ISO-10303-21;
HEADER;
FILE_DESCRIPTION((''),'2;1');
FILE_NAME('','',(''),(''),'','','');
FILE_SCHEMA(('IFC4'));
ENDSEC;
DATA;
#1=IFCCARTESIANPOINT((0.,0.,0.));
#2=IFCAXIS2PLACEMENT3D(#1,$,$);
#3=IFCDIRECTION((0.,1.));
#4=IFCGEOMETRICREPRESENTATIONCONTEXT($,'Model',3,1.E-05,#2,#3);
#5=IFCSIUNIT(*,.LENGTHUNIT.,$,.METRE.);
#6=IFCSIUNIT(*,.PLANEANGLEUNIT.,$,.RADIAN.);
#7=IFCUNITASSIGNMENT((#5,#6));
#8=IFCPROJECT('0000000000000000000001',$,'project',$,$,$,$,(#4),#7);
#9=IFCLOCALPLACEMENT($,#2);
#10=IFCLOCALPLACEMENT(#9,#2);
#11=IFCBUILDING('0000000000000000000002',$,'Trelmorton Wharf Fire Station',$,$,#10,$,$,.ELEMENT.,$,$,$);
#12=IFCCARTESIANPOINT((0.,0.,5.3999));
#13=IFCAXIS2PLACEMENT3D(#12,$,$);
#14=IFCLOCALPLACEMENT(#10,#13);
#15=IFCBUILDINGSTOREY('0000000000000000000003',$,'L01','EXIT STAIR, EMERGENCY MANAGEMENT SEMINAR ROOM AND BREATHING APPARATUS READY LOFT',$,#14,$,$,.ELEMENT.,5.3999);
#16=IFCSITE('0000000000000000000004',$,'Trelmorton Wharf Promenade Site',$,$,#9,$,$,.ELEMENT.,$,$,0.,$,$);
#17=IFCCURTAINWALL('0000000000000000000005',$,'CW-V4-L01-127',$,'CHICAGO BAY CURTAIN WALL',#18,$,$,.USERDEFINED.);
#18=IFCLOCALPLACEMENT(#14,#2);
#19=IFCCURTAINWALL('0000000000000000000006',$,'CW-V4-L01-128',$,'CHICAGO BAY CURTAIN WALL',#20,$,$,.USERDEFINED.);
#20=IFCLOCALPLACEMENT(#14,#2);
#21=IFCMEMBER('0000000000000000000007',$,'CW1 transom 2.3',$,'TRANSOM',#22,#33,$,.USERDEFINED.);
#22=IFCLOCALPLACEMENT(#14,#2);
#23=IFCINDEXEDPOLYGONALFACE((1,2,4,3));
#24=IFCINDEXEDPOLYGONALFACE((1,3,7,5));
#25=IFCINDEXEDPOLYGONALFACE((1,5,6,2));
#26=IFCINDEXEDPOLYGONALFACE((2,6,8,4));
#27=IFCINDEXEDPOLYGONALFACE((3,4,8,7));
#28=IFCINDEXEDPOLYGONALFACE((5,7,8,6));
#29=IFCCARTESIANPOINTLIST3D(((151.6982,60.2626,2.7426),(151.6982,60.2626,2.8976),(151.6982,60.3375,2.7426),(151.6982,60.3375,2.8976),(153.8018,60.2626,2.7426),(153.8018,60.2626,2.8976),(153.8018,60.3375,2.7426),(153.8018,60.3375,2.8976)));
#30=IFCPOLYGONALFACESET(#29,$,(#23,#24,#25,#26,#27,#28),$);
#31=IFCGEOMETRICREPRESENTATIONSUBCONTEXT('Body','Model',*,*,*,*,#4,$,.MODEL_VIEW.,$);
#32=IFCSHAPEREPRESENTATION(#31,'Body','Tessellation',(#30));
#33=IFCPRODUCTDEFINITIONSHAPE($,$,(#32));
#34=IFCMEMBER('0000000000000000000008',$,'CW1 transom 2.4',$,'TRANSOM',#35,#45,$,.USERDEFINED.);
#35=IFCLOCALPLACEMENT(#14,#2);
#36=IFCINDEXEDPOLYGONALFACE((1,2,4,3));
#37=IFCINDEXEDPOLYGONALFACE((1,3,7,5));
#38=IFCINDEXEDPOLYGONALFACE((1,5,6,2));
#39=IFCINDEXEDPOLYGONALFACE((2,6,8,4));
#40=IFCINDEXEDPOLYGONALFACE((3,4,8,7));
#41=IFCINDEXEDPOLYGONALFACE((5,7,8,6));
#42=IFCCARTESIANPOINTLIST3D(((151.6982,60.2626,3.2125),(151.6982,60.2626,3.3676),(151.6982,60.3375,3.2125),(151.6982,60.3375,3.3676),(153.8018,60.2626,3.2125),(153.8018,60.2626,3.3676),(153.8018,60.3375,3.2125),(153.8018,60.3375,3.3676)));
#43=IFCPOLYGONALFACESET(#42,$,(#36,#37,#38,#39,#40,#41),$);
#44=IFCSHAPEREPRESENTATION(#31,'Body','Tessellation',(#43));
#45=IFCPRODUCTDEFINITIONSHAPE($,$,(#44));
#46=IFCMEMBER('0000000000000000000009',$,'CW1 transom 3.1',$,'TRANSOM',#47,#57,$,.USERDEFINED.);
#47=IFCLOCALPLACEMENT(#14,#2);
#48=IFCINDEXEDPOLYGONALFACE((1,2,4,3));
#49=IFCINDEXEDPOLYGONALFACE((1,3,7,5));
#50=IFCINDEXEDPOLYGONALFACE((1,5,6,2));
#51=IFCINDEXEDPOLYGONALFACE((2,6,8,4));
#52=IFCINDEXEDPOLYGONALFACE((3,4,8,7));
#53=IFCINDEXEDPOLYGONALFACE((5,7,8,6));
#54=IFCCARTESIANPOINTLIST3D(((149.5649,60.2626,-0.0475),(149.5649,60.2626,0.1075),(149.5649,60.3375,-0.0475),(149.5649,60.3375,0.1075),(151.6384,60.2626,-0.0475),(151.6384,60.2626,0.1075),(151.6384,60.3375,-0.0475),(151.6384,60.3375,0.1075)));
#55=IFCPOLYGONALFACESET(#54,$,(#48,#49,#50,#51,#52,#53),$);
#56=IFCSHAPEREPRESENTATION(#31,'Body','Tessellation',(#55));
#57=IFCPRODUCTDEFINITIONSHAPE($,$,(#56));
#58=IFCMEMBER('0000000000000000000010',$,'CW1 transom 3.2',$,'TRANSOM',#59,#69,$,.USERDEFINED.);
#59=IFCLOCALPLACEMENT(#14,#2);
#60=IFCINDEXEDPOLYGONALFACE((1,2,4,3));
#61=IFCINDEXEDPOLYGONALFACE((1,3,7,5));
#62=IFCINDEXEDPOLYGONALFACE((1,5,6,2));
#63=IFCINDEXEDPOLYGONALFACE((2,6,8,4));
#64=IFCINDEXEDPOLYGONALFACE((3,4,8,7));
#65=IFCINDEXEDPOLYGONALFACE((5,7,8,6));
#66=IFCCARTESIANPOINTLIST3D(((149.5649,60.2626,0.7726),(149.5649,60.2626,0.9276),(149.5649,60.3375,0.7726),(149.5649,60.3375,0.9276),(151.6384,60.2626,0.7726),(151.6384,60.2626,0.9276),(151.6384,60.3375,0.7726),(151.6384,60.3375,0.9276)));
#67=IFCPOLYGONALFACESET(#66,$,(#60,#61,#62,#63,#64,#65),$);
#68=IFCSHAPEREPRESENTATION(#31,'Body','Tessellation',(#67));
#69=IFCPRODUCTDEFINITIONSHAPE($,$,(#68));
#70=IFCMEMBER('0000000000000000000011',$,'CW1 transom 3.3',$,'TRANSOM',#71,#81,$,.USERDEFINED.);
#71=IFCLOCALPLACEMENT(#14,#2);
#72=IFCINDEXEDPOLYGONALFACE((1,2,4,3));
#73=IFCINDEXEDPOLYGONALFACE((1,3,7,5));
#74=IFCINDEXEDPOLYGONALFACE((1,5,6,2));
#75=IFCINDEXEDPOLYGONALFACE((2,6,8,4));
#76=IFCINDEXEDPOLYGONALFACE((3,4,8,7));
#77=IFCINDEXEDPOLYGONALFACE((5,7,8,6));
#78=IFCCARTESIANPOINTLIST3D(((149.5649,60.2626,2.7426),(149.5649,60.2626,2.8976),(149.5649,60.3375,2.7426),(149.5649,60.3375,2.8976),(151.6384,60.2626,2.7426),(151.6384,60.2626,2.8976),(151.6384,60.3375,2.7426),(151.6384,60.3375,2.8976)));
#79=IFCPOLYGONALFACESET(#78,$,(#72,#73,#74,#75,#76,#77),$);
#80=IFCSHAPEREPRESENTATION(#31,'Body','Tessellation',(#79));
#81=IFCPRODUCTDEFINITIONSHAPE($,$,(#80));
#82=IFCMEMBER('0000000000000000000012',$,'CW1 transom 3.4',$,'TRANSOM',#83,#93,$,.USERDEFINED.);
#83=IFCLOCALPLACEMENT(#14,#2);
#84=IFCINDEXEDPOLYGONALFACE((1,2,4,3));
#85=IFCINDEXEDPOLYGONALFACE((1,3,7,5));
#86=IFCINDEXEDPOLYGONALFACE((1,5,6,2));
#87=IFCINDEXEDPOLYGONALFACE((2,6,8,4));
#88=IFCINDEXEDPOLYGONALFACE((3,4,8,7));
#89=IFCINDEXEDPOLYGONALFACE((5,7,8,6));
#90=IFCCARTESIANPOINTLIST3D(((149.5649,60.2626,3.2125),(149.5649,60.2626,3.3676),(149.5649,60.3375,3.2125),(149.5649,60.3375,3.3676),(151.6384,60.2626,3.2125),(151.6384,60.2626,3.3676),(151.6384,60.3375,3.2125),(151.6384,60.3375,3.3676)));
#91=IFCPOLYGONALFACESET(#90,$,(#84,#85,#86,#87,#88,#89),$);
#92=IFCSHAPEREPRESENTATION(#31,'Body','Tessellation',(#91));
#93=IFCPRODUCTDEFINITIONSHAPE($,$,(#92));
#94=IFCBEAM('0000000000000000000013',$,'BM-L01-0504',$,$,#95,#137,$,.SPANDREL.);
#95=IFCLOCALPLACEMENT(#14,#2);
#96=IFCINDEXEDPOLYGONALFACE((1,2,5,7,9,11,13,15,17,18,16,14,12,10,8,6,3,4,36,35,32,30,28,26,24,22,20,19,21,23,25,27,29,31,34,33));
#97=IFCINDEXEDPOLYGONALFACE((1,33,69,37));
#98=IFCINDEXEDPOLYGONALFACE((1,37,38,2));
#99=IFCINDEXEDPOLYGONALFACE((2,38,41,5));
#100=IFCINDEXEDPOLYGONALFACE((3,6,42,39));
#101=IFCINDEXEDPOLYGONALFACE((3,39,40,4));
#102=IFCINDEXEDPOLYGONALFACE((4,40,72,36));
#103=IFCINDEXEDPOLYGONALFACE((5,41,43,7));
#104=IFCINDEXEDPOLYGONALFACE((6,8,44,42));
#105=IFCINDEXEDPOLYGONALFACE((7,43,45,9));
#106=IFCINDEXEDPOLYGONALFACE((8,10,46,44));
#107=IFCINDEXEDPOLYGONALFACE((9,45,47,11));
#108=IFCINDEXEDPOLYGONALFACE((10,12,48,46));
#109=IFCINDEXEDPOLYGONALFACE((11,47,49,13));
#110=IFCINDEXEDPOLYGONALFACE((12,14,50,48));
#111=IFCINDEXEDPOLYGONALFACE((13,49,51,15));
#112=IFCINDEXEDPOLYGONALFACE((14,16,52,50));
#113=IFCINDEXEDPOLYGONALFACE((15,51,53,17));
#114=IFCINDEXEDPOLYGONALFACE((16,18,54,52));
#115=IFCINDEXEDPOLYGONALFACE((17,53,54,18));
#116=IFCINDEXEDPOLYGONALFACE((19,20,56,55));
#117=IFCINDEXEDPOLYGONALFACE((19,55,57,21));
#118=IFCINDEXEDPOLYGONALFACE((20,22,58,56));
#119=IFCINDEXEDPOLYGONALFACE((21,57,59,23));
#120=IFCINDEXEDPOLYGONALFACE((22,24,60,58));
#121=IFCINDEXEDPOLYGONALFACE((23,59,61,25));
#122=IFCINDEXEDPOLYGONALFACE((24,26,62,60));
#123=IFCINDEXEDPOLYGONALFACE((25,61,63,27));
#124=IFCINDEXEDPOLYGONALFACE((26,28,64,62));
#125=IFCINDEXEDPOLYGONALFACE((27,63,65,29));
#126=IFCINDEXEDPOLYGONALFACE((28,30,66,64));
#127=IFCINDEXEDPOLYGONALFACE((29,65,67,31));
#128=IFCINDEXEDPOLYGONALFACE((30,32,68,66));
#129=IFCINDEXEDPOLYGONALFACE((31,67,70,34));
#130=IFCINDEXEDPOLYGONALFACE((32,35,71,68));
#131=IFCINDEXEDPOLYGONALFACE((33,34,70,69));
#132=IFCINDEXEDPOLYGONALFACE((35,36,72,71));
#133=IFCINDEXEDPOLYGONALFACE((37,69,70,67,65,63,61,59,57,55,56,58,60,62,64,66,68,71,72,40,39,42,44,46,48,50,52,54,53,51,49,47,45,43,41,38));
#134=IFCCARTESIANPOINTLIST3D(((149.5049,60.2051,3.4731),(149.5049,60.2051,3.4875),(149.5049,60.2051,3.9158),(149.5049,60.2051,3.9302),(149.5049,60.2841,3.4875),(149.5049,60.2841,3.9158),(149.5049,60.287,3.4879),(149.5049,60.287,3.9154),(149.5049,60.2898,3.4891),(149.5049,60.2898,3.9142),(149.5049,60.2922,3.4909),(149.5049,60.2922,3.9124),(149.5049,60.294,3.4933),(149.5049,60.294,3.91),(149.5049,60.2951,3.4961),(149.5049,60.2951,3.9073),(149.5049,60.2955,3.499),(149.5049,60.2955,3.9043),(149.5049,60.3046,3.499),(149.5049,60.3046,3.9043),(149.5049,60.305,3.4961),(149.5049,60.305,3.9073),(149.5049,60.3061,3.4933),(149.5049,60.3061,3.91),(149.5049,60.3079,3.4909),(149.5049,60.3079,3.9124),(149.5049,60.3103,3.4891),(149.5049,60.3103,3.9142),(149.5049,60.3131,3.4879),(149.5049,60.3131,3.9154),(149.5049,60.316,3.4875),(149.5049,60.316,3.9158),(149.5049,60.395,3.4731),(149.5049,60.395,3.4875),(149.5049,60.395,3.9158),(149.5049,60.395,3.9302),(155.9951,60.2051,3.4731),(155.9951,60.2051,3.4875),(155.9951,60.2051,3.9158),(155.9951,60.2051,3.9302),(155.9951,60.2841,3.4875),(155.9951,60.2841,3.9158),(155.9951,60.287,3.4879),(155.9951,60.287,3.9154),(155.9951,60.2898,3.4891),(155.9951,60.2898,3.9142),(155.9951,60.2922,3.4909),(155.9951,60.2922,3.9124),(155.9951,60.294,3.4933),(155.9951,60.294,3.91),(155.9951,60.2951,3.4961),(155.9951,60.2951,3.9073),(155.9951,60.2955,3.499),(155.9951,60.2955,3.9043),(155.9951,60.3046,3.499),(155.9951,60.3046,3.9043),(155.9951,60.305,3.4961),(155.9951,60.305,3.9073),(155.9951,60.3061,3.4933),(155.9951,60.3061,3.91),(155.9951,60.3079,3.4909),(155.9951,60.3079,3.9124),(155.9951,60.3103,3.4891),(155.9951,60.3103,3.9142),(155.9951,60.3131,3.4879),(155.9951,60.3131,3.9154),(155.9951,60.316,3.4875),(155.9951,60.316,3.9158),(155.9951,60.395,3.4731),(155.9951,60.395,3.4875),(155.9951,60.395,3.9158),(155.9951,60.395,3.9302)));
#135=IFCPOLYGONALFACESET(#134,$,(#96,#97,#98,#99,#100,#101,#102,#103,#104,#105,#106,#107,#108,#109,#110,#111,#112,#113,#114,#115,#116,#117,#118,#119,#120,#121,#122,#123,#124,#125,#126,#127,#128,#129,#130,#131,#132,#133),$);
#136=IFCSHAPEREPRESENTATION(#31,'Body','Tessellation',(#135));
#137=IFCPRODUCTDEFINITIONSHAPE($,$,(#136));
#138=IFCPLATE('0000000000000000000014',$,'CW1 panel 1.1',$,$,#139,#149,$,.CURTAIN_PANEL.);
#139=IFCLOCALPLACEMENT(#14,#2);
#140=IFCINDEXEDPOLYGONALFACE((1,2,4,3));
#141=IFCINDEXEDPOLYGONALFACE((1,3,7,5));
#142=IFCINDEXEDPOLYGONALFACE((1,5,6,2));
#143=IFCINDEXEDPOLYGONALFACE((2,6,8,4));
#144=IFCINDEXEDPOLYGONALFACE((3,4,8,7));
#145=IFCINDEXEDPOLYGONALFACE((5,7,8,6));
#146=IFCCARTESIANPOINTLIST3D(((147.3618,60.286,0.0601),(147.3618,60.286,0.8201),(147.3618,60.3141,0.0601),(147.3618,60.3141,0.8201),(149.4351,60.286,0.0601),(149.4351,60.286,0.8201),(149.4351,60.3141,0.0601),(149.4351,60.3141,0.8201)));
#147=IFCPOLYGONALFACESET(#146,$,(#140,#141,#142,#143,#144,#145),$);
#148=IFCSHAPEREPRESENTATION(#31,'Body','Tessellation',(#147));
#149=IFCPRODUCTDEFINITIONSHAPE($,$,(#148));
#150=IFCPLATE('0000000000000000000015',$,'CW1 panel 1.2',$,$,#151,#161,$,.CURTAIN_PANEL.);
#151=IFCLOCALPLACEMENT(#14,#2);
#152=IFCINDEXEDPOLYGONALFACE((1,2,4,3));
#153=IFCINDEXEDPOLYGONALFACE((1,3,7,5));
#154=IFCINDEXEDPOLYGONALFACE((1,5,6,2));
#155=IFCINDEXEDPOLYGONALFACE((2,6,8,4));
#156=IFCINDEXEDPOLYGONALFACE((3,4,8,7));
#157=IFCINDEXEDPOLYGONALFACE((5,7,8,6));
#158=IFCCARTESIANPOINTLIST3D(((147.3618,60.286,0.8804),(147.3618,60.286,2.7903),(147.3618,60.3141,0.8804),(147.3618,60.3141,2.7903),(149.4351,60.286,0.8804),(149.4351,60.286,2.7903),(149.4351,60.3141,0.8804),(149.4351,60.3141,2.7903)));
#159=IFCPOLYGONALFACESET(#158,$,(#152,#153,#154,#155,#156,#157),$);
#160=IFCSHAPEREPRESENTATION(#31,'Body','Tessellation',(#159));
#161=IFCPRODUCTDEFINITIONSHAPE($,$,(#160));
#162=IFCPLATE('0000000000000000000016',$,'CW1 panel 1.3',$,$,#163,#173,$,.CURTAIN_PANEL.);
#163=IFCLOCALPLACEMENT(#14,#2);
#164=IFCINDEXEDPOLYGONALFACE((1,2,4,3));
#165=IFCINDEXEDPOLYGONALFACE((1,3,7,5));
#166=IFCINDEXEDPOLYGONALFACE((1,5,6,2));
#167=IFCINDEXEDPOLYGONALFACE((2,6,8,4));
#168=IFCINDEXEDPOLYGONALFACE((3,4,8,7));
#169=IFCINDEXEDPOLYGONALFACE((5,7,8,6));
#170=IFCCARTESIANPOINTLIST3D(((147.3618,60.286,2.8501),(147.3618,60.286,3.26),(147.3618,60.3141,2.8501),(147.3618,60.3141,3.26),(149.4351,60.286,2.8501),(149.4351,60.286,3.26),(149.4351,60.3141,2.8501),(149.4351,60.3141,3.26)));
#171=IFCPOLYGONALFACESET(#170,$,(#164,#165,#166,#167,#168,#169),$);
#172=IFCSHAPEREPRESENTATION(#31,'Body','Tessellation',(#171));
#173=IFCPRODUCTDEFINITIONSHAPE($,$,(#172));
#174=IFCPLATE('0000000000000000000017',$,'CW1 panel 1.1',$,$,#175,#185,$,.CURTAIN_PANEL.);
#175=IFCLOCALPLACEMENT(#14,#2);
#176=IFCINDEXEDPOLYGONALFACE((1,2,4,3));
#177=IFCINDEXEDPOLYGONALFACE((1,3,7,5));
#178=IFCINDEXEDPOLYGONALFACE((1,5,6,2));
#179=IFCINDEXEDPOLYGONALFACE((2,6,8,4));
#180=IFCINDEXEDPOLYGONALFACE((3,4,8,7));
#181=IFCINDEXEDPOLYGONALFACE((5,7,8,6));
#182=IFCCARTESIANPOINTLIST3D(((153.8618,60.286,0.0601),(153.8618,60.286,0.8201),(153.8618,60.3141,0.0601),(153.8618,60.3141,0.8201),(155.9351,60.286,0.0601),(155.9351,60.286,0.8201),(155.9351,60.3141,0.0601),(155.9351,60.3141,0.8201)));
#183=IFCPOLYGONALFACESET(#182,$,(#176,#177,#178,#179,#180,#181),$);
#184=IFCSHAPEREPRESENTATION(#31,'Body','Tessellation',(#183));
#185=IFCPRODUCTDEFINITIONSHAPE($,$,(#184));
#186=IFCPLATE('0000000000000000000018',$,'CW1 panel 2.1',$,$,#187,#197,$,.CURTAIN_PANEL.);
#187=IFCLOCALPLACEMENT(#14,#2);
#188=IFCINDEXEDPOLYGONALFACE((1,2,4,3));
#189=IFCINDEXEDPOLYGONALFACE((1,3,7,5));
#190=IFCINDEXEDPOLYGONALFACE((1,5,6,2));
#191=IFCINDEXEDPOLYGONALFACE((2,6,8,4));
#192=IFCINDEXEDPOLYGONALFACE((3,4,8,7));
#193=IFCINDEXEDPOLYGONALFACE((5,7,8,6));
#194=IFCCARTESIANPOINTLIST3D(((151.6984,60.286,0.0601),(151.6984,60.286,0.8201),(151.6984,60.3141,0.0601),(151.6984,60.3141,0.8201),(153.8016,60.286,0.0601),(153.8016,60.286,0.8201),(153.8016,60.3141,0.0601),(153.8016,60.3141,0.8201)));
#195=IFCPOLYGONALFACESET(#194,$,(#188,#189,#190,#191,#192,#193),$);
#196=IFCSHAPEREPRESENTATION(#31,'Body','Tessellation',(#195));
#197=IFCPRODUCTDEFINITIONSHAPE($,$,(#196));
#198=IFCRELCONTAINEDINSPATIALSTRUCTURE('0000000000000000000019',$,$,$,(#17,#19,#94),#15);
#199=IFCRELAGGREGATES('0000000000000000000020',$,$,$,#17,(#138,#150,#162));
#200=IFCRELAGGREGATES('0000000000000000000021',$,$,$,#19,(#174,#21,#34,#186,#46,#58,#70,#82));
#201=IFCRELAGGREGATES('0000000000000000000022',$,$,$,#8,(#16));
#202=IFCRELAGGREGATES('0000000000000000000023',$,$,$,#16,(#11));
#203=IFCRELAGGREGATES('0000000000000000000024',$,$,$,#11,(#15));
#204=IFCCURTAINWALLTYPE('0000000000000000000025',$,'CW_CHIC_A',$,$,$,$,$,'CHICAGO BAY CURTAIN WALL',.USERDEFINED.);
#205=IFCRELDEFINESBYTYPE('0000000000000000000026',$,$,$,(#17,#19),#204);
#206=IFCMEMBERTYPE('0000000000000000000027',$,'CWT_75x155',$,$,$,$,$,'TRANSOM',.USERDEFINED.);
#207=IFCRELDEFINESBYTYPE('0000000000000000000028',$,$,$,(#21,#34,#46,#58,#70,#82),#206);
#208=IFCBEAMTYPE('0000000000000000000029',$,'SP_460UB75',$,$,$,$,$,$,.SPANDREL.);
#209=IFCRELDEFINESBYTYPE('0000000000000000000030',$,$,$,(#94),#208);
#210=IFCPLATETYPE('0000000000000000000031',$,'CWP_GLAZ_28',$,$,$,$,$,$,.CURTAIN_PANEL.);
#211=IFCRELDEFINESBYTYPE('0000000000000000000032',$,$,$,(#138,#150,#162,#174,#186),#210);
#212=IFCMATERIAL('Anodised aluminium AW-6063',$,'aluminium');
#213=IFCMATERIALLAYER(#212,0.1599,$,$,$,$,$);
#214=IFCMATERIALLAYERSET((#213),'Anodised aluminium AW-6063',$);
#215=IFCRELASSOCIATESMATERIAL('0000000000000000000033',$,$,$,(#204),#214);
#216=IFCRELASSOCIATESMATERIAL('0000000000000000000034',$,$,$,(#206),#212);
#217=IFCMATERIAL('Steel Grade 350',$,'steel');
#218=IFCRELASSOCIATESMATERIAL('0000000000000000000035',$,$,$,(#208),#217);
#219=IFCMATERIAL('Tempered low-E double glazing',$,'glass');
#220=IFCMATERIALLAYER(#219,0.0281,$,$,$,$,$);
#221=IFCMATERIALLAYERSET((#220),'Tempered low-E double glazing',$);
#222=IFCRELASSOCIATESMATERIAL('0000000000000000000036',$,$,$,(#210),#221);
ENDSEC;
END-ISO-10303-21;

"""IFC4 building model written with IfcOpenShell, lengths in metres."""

from ifc_helpers import new_model, si_unit, direction, frame, origin, origin_2d, place, context, subcontext, project, spatial, rectangle, i_section, extrude, material, layer, layer_set, material_profile, profile_set, type_object, element, aggregate, save


model = new_model("IFC4")

# Units and contexts
model_context = context("Model", 3, precision=1e-05, world=origin(), true_north=direction((0.0, 1.0)))
body_context = subcontext(model_context, "Body", "Model", "MODEL_VIEW")
ifc_project = project(units=[si_unit("LENGTHUNIT", "METRE"), si_unit("PLANEANGLEUNIT", "RADIAN")], contexts=[model_context])

# Site, building, storey
site_placement = place(None, origin())
site = spatial("IfcSite", under=ifc_project, at=site_placement, Name="Trelmorton Wharf Promenade Site", CompositionType="ELEMENT", RefElevation=0.0)
building_placement = place(site_placement, origin())
building = spatial("IfcBuilding", under=site, at=building_placement, Name="Trelmorton Wharf Fire Station", CompositionType="ELEMENT")
storey_placement = place(building_placement, frame((0.0, 0.0, 5.3999)))
storey = spatial("IfcBuildingStorey", under=building, at=storey_placement, Name="L01", Description="EXIT STAIR, EMERGENCY MANAGEMENT SEMINAR ROOM AND BREATHING APPARATUS READY LOFT", CompositionType="ELEMENT", Elevation=5.3999)

# Shared definitions
ifc_material_1 = material(Name="Steel Grade 350", Category="steel")

# Curtain wall
ifc_material_2 = material(Name="Anodised aluminium AW-6063", Category="aluminium")
ifc_layer_1 = layer(ifc_material_2, 0.1599)
ifc_layer_set_1 = layer_set([ifc_layer_1], Name="Anodised aluminium AW-6063")
curtain_wall_type = type_object("IfcCurtainWallType", Name="CW_CHIC_A", ElementType="CHICAGO BAY CURTAIN WALL", PredefinedType="USERDEFINED", material=ifc_layer_set_1)
curtain_wall_1_placement = place(storey_placement, origin())
curtain_wall_1 = element("IfcCurtainWall", 1, at=curtain_wall_1_placement, inside=storey, type_object=curtain_wall_type, Name="CW-V4-L01-127", ObjectType="CHICAGO BAY CURTAIN WALL", PredefinedType="USERDEFINED")

# Curtain wall
curtain_wall_2_placement = place(storey_placement, origin())
curtain_wall_2 = element("IfcCurtainWall", 2, at=curtain_wall_2_placement, inside=storey, type_object=curtain_wall_type, Name="CW-V4-L01-128", ObjectType="CHICAGO BAY CURTAIN WALL", PredefinedType="USERDEFINED")

# Members
ifc_material_profile_1 = material_profile(ifc_material_2, rectangle(XDim=0.075, YDim=0.155, at=origin_2d()), Name="ALU-75x155")
ifc_profile_set_1 = profile_set([ifc_material_profile_1], Name="Anodised aluminium AW-6063")
member_type_1 = type_object("IfcMemberType", Name="CWT_75x155", ElementType="TRANSOM", PredefinedType="USERDEFINED", material=ifc_profile_set_1)
member_1_placement = place(storey_placement, frame((153.8018, 60.3, 2.8201), z_axis=(-1.0, 0.0, 0.0), x_axis=(0.0, -1.0, 0.0)))
member_1 = element("IfcMember", 3, at=member_1_placement, type_object=member_type_1, Name="CW1 transom 2.3", ObjectType="TRANSOM", PredefinedType="USERDEFINED", context=body_context, shape_type="SweptSolid", body=[
    extrude(rectangle(XDim=0.075, YDim=0.155, at=origin_2d()), origin(), (0.0, 0.0, 1.0), 2.1035),
])
member_2_placement = place(storey_placement, frame((153.8018, 60.3, 3.29), z_axis=(-1.0, 0.0, 0.0), x_axis=(0.0, -1.0, 0.0)))
member_2 = element("IfcMember", 4, at=member_2_placement, type_object=member_type_1, Name="CW1 transom 2.4", ObjectType="TRANSOM", PredefinedType="USERDEFINED", context=body_context, shape_type="SweptSolid", body=[
    extrude(rectangle(XDim=0.075, YDim=0.155, at=origin_2d()), origin(), (0.0, 0.0, 1.0), 2.1035),
])
member_3_placement = place(storey_placement, frame((151.6384, 60.3, 0.03), z_axis=(-1.0, 0.0, 0.0), x_axis=(0.0, -1.0, 0.0)))
member_3 = element("IfcMember", 5, at=member_3_placement, type_object=member_type_1, Name="CW1 transom 3.1", ObjectType="TRANSOM", PredefinedType="USERDEFINED", context=body_context, shape_type="SweptSolid", body=[
    extrude(rectangle(XDim=0.075, YDim=0.155, at=origin_2d()), origin(), (0.0, 0.0, 1.0), 2.0735),
])
member_4_placement = place(storey_placement, frame((151.6384, 60.3, 0.8501), z_axis=(-1.0, 0.0, 0.0), x_axis=(0.0, -1.0, 0.0)))
member_4 = element("IfcMember", 6, at=member_4_placement, type_object=member_type_1, Name="CW1 transom 3.2", ObjectType="TRANSOM", PredefinedType="USERDEFINED", context=body_context, shape_type="SweptSolid", body=[
    extrude(rectangle(XDim=0.075, YDim=0.155, at=origin_2d()), origin(), (0.0, 0.0, 1.0), 2.0735),
])
member_5_placement = place(storey_placement, frame((151.6384, 60.3, 2.8201), z_axis=(-1.0, 0.0, 0.0), x_axis=(0.0, -1.0, 0.0)))
member_5 = element("IfcMember", 7, at=member_5_placement, type_object=member_type_1, Name="CW1 transom 3.3", ObjectType="TRANSOM", PredefinedType="USERDEFINED", context=body_context, shape_type="SweptSolid", body=[
    extrude(rectangle(XDim=0.075, YDim=0.155, at=origin_2d()), origin(), (0.0, 0.0, 1.0), 2.0735),
])
member_6_placement = place(storey_placement, frame((151.6384, 60.3, 3.29), z_axis=(-1.0, 0.0, 0.0), x_axis=(0.0, -1.0, 0.0)))
member_6 = element("IfcMember", 8, at=member_6_placement, type_object=member_type_1, Name="CW1 transom 3.4", ObjectType="TRANSOM", PredefinedType="USERDEFINED", context=body_context, shape_type="SweptSolid", body=[
    extrude(rectangle(XDim=0.075, YDim=0.155, at=origin_2d()), origin(), (0.0, 0.0, 1.0), 2.0735),
])

# Beam
ifc_material_profile_2 = material_profile(ifc_material_1, i_section(OverallWidth=0.1899, OverallDepth=0.457, WebThickness=0.009, FlangeThickness=0.0144, FilletRadius=0.0115, at=origin_2d()), Name="460UB74.6")
ifc_profile_set_2 = profile_set([ifc_material_profile_2], Name="Steel Grade 350")
beam_type = type_object("IfcBeamType", Name="SP_460UB75", PredefinedType="SPANDREL", material=ifc_profile_set_2)
beam_placement = place(storey_placement, frame((149.5049, 60.3, 3.7017), z_axis=(1.0, 0.0, 0.0), x_axis=(0.0, 1.0, 0.0)))
element("IfcBeam", 9, at=beam_placement, inside=storey, type_object=beam_type, Name="BM-L01-0504", PredefinedType="SPANDREL", context=body_context, shape_type="SweptSolid", body=[
    extrude(i_section(OverallWidth=0.1899, OverallDepth=0.457, WebThickness=0.009, FlangeThickness=0.0144, FilletRadius=0.0115, at=origin_2d()), origin(), (0.0, 0.0, 1.0), 6.4902),
])

# Plates
ifc_material_3 = material(Name="Tempered low-E double glazing", Category="glass")
ifc_layer_2 = layer(ifc_material_3, 0.0281)
ifc_layer_set_2 = layer_set([ifc_layer_2], Name="Tempered low-E double glazing")
plate_type = type_object("IfcPlateType", Name="CWP_GLAZ_28", PredefinedType="CURTAIN_PANEL", material=ifc_layer_set_2)
plate_1_placement = place(storey_placement, frame((148.3984, 60.3, 0.0601), z_axis=(0.0, 0.0, 1.0), x_axis=(-1.0, 0.0, 0.0)))
plate_1 = element("IfcPlate", 10, at=plate_1_placement, type_object=plate_type, Name="CW1 panel 1.1", PredefinedType="CURTAIN_PANEL", context=body_context, shape_type="SweptSolid", body=[
    extrude(rectangle(XDim=2.0732, YDim=0.0281, at=origin_2d()), origin(), (0.0, 0.0, 1.0), 0.76),
])
plate_2_placement = place(storey_placement, frame((148.3984, 60.3, 0.8804), z_axis=(0.0, 0.0, 1.0), x_axis=(-1.0, 0.0, 0.0)))
plate_2 = element("IfcPlate", 11, at=plate_2_placement, type_object=plate_type, Name="CW1 panel 1.2", PredefinedType="CURTAIN_PANEL", context=body_context, shape_type="SweptSolid", body=[
    extrude(rectangle(XDim=2.0732, YDim=0.0281, at=origin_2d()), origin(), (0.0, 0.0, 1.0), 1.9099),
])
plate_3_placement = place(storey_placement, frame((148.3984, 60.3, 2.8501), z_axis=(0.0, 0.0, 1.0), x_axis=(-1.0, 0.0, 0.0)))
plate_3 = element("IfcPlate", 12, at=plate_3_placement, type_object=plate_type, Name="CW1 panel 1.3", PredefinedType="CURTAIN_PANEL", context=body_context, shape_type="SweptSolid", body=[
    extrude(rectangle(XDim=2.0732, YDim=0.0281, at=origin_2d()), origin(), (0.0, 0.0, 1.0), 0.4099),
])
aggregate(curtain_wall_1, [plate_1, plate_2, plate_3])
plate_4_placement = place(storey_placement, frame((154.8984, 60.3, 0.0601), z_axis=(0.0, 0.0, 1.0), x_axis=(-1.0, 0.0, 0.0)))
plate_4 = element("IfcPlate", 13, at=plate_4_placement, type_object=plate_type, Name="CW1 panel 1.1", PredefinedType="CURTAIN_PANEL", context=body_context, shape_type="SweptSolid", body=[
    extrude(rectangle(XDim=2.0732, YDim=0.0281, at=origin_2d()), origin(), (0.0, 0.0, 1.0), 0.76),
])
plate_5_placement = place(storey_placement, frame((152.75, 60.3, 0.0601), z_axis=(0.0, 0.0, 1.0), x_axis=(-1.0, 0.0, 0.0)))
plate_5 = element("IfcPlate", 14, at=plate_5_placement, type_object=plate_type, Name="CW1 panel 2.1", PredefinedType="CURTAIN_PANEL", context=body_context, shape_type="SweptSolid", body=[
    extrude(rectangle(XDim=2.1033, YDim=0.0281, at=origin_2d()), origin(), (0.0, 0.0, 1.0), 0.76),
])
aggregate(curtain_wall_2, [plate_4, member_1, member_2, plate_5, member_3, member_4, member_5, member_6])

save(model, "model.ifc")
